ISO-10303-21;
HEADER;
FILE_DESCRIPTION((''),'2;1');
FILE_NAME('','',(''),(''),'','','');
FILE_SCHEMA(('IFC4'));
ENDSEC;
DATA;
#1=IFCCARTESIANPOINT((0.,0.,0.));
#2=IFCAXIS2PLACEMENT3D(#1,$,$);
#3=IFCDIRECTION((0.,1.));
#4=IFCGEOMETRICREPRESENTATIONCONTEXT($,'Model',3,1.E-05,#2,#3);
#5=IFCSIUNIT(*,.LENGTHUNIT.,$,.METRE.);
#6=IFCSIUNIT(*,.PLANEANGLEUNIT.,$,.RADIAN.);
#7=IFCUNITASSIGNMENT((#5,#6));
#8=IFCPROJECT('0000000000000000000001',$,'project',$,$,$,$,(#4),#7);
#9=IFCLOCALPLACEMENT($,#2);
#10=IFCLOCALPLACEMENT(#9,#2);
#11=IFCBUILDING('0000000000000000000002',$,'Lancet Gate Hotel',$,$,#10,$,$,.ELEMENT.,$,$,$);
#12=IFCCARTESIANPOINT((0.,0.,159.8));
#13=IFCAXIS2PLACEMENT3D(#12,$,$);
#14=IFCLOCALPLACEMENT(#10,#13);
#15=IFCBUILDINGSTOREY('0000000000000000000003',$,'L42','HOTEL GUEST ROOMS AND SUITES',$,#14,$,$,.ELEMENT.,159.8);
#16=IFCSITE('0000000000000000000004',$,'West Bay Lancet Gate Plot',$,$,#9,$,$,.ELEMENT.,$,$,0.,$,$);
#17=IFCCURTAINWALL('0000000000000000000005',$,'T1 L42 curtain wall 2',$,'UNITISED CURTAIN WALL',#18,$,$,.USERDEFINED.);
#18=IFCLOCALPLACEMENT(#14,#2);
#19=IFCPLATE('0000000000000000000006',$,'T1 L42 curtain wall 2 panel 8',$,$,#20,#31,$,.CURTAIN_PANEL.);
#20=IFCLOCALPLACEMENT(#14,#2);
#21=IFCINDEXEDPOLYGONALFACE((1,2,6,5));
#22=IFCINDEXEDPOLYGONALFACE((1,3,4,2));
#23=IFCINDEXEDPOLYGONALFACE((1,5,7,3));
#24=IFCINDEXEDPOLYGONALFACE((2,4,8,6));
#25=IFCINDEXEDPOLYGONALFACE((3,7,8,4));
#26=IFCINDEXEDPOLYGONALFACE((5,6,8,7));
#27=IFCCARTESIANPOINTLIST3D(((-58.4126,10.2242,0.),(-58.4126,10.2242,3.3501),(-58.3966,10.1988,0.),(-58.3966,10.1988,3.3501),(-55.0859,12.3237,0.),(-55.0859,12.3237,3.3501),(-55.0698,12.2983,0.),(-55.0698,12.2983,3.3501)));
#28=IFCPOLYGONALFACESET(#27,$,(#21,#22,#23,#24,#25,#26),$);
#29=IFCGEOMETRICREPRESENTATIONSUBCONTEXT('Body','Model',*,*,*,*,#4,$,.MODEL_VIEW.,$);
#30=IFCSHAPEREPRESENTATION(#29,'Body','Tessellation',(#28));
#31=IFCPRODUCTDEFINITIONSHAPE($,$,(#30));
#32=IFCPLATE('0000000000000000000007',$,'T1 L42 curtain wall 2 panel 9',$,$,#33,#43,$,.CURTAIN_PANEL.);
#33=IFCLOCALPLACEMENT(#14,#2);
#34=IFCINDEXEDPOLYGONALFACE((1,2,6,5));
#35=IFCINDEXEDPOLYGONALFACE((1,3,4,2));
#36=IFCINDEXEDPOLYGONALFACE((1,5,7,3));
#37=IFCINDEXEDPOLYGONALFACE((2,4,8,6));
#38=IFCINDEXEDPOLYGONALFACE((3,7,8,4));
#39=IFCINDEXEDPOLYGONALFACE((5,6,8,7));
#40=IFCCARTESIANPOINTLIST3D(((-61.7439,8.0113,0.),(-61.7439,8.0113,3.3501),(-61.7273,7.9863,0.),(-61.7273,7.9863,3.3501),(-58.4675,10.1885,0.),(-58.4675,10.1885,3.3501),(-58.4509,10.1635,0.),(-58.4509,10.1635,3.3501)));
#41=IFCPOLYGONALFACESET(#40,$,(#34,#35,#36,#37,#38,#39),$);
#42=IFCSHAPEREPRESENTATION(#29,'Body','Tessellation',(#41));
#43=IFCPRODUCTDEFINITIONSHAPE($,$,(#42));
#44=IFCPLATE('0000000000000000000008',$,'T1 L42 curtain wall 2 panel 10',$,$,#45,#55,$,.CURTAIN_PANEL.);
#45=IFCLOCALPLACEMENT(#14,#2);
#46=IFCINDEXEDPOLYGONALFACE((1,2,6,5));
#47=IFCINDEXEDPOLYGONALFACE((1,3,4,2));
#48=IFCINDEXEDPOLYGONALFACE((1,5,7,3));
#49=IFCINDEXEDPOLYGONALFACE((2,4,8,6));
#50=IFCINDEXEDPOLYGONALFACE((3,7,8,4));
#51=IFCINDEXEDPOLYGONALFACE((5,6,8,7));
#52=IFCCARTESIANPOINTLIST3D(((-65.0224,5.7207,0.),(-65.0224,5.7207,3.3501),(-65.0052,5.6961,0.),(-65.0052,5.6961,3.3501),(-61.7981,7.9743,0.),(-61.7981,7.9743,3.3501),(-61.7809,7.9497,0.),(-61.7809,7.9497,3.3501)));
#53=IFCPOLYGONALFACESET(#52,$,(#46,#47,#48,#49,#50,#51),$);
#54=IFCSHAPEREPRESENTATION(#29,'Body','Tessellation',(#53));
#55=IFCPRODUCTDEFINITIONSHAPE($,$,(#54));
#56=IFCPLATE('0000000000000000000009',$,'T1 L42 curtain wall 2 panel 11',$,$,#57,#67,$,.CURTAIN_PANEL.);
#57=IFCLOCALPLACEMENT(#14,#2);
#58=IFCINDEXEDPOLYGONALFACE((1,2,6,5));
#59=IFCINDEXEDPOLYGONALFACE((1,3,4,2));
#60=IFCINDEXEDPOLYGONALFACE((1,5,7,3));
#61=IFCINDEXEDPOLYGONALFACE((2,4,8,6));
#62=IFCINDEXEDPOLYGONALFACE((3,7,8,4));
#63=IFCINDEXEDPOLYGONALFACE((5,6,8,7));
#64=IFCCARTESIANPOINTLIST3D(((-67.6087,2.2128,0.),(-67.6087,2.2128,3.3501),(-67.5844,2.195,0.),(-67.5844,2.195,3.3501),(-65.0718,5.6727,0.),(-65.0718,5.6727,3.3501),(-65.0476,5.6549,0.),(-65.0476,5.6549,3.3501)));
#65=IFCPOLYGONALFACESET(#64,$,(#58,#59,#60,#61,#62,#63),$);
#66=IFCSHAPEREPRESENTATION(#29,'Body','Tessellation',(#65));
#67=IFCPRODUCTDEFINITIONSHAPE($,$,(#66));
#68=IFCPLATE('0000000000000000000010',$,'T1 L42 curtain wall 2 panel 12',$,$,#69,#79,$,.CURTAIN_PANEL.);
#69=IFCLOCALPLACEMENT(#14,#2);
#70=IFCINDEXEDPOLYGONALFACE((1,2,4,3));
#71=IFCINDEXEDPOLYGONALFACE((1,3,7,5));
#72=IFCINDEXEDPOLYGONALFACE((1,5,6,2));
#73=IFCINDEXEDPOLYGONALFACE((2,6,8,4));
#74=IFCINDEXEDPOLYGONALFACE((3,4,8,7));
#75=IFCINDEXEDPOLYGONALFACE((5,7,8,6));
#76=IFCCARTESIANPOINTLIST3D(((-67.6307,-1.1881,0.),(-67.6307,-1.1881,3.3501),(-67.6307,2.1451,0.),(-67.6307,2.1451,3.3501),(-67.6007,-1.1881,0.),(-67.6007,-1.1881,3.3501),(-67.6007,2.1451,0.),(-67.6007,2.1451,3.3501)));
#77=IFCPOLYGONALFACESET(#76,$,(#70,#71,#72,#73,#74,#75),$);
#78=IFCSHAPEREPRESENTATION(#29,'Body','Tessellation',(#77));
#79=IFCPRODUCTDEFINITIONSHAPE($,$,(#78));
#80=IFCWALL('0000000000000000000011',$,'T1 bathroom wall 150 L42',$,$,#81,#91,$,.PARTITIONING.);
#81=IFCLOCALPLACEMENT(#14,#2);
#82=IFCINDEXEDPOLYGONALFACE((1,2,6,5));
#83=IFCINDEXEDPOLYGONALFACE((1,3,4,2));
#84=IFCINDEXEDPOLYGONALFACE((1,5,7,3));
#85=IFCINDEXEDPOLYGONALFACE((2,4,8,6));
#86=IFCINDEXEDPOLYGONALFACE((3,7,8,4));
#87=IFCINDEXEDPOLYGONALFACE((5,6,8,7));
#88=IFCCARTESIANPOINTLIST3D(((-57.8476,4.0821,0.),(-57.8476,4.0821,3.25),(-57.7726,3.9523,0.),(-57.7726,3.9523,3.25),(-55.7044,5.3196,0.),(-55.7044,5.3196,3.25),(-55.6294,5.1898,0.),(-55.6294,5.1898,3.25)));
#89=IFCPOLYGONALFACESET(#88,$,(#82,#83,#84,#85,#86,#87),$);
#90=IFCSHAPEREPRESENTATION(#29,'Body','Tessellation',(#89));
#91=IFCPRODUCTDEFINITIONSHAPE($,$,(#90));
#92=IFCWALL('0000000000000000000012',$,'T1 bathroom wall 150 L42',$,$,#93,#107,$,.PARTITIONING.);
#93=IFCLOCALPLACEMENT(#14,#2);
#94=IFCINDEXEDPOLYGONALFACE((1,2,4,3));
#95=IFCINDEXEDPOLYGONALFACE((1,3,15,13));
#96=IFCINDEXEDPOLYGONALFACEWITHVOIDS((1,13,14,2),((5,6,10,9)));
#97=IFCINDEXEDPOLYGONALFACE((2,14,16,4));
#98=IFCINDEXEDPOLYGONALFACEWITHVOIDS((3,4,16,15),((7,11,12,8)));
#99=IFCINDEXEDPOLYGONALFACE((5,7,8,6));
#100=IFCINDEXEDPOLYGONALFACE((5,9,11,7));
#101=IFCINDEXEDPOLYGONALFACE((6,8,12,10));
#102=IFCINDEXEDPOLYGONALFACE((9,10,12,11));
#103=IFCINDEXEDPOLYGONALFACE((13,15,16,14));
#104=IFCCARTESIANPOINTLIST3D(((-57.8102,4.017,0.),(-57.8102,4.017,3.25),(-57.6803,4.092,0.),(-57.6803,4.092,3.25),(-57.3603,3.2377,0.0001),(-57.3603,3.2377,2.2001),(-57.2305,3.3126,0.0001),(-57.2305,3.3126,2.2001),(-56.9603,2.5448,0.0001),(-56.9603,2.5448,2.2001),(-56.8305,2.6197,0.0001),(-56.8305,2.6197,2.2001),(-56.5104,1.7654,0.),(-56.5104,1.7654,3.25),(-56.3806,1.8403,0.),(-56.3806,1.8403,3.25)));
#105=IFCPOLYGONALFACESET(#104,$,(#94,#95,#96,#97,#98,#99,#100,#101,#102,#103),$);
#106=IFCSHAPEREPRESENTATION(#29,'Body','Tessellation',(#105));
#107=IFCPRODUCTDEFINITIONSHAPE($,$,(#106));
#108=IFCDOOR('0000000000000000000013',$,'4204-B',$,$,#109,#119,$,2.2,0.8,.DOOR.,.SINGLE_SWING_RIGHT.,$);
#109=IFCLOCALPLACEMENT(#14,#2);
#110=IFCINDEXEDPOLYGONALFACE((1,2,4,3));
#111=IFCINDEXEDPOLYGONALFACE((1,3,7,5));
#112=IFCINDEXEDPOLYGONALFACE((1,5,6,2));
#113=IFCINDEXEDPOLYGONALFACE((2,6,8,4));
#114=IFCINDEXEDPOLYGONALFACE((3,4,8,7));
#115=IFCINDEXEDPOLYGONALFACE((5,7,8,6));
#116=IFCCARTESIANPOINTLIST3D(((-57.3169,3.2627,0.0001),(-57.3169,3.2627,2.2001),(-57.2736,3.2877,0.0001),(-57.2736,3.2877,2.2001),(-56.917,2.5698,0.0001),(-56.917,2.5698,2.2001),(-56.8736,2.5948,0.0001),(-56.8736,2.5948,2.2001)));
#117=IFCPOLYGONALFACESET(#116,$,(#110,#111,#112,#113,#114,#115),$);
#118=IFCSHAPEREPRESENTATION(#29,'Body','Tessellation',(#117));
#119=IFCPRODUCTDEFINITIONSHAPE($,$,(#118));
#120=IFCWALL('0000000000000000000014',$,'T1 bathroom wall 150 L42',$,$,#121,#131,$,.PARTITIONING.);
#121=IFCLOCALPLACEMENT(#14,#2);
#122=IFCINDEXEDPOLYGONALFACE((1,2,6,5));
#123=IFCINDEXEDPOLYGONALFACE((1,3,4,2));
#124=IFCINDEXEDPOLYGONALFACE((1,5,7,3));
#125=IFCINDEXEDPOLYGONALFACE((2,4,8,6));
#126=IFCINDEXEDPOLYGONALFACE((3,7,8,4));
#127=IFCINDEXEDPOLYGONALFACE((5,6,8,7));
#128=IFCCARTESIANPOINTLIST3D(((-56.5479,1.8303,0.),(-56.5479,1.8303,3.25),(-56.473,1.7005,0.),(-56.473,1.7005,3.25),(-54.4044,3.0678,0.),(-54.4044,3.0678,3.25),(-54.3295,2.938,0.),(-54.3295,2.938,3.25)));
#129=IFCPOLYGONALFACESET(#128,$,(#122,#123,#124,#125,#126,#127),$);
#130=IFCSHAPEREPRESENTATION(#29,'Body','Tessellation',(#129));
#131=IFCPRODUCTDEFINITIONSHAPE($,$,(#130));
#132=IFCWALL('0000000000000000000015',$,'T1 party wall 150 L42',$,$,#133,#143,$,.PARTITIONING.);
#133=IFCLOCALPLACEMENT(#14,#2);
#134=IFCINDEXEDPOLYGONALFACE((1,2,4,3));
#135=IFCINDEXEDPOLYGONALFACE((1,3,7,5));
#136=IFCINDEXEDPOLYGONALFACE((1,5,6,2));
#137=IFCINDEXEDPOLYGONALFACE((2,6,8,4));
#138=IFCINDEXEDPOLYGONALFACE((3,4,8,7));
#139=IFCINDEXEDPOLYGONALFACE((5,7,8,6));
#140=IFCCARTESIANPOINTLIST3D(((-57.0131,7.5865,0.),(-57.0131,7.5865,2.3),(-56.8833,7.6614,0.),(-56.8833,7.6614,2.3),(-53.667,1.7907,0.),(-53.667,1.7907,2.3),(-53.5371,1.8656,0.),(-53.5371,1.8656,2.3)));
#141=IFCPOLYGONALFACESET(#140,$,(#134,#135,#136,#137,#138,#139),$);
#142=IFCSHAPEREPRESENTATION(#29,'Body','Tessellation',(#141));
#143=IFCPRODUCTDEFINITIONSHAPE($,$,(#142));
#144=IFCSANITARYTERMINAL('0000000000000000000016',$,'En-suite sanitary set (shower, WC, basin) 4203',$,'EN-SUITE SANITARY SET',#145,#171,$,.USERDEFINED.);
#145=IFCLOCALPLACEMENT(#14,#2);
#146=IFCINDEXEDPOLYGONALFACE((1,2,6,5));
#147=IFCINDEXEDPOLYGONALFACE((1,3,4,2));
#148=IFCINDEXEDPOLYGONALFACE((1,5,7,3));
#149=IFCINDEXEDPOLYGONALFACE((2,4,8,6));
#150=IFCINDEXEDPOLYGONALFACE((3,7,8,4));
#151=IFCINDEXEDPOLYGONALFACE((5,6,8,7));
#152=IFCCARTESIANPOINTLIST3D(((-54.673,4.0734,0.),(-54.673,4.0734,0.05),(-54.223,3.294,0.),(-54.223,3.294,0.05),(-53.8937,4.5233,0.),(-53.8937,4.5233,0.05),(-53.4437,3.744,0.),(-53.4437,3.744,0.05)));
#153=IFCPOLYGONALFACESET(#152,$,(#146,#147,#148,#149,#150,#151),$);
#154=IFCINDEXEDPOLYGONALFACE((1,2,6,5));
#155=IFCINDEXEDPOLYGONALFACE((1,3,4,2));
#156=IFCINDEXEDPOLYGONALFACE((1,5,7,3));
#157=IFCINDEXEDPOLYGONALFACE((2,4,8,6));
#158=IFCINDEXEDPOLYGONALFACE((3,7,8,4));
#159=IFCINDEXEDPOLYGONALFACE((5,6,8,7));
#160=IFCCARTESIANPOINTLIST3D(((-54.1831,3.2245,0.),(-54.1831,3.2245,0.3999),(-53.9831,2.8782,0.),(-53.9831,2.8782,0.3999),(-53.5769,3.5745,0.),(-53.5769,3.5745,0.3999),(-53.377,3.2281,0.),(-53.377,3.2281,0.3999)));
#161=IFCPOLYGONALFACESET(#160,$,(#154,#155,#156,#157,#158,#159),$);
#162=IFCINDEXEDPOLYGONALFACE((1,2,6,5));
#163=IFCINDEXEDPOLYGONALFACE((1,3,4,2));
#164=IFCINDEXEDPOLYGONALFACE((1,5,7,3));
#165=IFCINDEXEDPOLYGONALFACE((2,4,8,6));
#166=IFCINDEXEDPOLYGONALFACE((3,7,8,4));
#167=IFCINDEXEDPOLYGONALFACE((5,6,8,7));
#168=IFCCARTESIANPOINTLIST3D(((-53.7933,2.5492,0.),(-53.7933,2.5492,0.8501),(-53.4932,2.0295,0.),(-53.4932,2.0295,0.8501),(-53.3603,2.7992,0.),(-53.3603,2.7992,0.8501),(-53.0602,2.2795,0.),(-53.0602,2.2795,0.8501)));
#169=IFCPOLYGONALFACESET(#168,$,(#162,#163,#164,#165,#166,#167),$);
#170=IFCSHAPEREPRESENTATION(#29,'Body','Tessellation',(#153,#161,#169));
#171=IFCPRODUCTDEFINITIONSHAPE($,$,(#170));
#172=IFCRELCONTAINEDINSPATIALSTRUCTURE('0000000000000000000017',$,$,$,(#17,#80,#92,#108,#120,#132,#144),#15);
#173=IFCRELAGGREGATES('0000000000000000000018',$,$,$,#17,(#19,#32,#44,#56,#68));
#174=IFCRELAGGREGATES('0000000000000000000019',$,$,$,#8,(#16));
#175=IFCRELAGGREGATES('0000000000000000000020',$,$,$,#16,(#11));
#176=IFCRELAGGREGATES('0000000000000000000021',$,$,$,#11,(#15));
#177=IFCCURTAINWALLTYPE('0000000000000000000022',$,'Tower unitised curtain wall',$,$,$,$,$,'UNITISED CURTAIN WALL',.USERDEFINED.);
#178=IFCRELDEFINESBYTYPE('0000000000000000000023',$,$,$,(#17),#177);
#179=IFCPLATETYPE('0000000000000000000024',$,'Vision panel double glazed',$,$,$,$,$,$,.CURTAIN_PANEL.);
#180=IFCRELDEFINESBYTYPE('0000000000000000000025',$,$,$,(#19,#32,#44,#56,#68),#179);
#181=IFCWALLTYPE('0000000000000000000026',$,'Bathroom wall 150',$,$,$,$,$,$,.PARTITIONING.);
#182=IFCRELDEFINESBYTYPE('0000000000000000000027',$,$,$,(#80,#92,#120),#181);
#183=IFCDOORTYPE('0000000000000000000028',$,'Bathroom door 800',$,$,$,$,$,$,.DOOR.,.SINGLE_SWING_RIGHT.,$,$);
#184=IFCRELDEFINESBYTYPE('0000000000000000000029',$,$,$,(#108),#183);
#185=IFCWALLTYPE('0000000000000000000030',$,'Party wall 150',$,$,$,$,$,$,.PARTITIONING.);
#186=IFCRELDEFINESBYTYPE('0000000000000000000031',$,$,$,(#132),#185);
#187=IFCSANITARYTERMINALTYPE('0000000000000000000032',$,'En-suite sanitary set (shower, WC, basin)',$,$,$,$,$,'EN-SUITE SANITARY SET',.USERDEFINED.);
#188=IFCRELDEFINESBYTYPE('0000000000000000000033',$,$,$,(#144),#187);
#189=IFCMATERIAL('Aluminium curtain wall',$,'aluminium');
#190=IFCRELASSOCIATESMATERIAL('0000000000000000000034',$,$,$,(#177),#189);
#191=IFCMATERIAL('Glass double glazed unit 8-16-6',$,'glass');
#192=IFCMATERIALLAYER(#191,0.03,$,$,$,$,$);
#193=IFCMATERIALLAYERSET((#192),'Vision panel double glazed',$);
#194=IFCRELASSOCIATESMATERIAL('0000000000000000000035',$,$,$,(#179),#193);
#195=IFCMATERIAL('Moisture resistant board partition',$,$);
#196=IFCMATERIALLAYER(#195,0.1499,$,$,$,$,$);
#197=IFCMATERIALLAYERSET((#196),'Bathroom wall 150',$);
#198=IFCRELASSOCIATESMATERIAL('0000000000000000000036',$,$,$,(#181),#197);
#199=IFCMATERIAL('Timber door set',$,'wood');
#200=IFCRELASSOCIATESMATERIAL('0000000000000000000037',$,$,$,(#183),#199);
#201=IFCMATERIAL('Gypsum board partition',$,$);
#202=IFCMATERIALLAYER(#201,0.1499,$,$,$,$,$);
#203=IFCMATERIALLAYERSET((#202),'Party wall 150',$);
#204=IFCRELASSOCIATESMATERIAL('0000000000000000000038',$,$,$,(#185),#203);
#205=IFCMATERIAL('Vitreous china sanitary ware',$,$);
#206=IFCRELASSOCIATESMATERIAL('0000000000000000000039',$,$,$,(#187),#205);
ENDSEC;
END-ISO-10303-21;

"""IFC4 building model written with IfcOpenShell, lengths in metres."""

from ifc_helpers import new_model, si_unit, direction, frame, frame_2d, origin, origin_2d, place, context, subcontext, project, spatial, rectangle, extrude, material, layer, layer_set, type_object, element, fill, aggregate, save


model = new_model("IFC4")

# Units and contexts
model_context = context("Model", 3, precision=1e-05, world=origin(), true_north=direction((0.0, 1.0)))
body_context = subcontext(model_context, "Body", "Model", "MODEL_VIEW")
ifc_project = project(units=[si_unit("LENGTHUNIT", "METRE"), si_unit("PLANEANGLEUNIT", "RADIAN")], contexts=[model_context])

# Site, building, storey
site_placement = place(None, origin())
site = spatial("IfcSite", under=ifc_project, at=site_placement, Name="West Bay Lancet Gate Plot", CompositionType="ELEMENT", RefElevation=0.0)
building_placement = place(site_placement, origin())
building = spatial("IfcBuilding", under=site, at=building_placement, Name="Lancet Gate Hotel", CompositionType="ELEMENT")
storey_placement = place(building_placement, frame((0.0, 0.0, 159.8)))
storey = spatial("IfcBuildingStorey", under=building, at=storey_placement, Name="L42", Description="HOTEL GUEST ROOMS AND SUITES", CompositionType="ELEMENT", Elevation=159.8)

# Curtain wall
ifc_material_1 = material(Name="Aluminium curtain wall", Category="aluminium")
curtain_wall_type = type_object("IfcCurtainWallType", Name="Tower unitised curtain wall", ElementType="UNITISED CURTAIN WALL", PredefinedType="USERDEFINED", material=ifc_material_1)
curtain_wall_placement = place(storey_placement, origin())
curtain_wall = element("IfcCurtainWall", 1, at=curtain_wall_placement, inside=storey, type_object=curtain_wall_type, Name="T1 L42 curtain wall 2", ObjectType="UNITISED CURTAIN WALL", PredefinedType="USERDEFINED")

# Plates
ifc_material_2 = material(Name="Glass double glazed unit 8-16-6", Category="glass")
ifc_layer_1 = layer(ifc_material_2, 0.03)
ifc_layer_set_1 = layer_set([ifc_layer_1], Name="Vision panel double glazed")
plate_type = type_object("IfcPlateType", Name="Vision panel double glazed", PredefinedType="CURTAIN_PANEL", material=ifc_layer_set_1)
plate_1_placement = place(storey_placement, frame((-56.7412, 11.2612, 0.0), z_axis=(0.0, 0.0, 1.0), x_axis=(-0.845667, -0.533711, 0.0)))
plate_1 = element("IfcPlate", 2, at=plate_1_placement, type_object=plate_type, Name="T1 L42 curtain wall 2 panel 8", PredefinedType="CURTAIN_PANEL", context=body_context, shape_type="SweptSolid", body=[
    extrude(rectangle(XDim=3.9338, YDim=0.03, at=origin_2d()), origin(), (0.0, 0.0, 1.0), 3.3501),
])
plate_2_placement = place(storey_placement, frame((-60.0974, 9.0874, 0.0), z_axis=(0.0, 0.0, 1.0), x_axis=(-0.832879, -0.553455, 0.0)))
plate_2 = element("IfcPlate", 3, at=plate_2_placement, type_object=plate_type, Name="T1 L42 curtain wall 2 panel 9", PredefinedType="CURTAIN_PANEL", context=body_context, shape_type="SweptSolid", body=[
    extrude(rectangle(XDim=3.9338, YDim=0.03, at=origin_2d()), origin(), (0.0, 0.0, 1.0), 3.3501),
])
plate_3_placement = place(storey_placement, frame((-63.4016, 6.8352, 0.0), z_axis=(0.0, 0.0, 1.0), x_axis=(-0.819631, -0.572892, 0.0)))
plate_3 = element("IfcPlate", 4, at=plate_3_placement, type_object=plate_type, Name="T1 L42 curtain wall 2 panel 10", PredefinedType="CURTAIN_PANEL", context=body_context, shape_type="SweptSolid", body=[
    extrude(rectangle(XDim=3.9338, YDim=0.03, at=origin_2d()), origin(), (0.0, 0.0, 1.0), 3.3501),
])
plate_4_placement = place(storey_placement, frame((-66.3281, 3.9338, 0.0), z_axis=(0.0, 0.0, 1.0), x_axis=(-0.5913, -0.806452, 0.0)))
plate_4 = element("IfcPlate", 5, at=plate_4_placement, type_object=plate_type, Name="T1 L42 curtain wall 2 panel 11", PredefinedType="CURTAIN_PANEL", context=body_context, shape_type="SweptSolid", body=[
    extrude(rectangle(XDim=4.2903, YDim=0.03, at=origin_2d()), origin(), (0.0, 0.0, 1.0), 3.3501),
])
plate_5_placement = place(storey_placement, frame((-67.6157, 0.4785, 0.0), z_axis=(0.0, 0.0, 1.0), x_axis=(0.0, -1.0, 0.0)))
plate_5 = element("IfcPlate", 6, at=plate_5_placement, type_object=plate_type, Name="T1 L42 curtain wall 2 panel 12", PredefinedType="CURTAIN_PANEL", context=body_context, shape_type="SweptSolid", body=[
    extrude(rectangle(XDim=3.3333, YDim=0.03, at=origin_2d()), origin(), (0.0, 0.0, 1.0), 3.3501),
])
aggregate(curtain_wall, [plate_1, plate_2, plate_3, plate_4, plate_5])

# Wall
ifc_material_3 = material(Name="Moisture resistant board partition")
ifc_layer_2 = layer(ifc_material_3, 0.1499)
ifc_layer_set_2 = layer_set([ifc_layer_2], Name="Bathroom wall 150")
wall_type_1 = type_object("IfcWallType", Name="Bathroom wall 150", PredefinedType="PARTITIONING", material=ifc_layer_set_2)
wall_1_placement = place(storey_placement, frame((-55.667, 5.2546, 0.0), z_axis=(0.0, 0.0, 1.0), x_axis=(-0.866007, -0.500033, 0.0)))
element("IfcWall", 7, at=wall_1_placement, inside=storey, type_object=wall_type_1, Name="T1 bathroom wall 150 L42", PredefinedType="PARTITIONING", context=body_context, shape_type="SweptSolid", body=[
    extrude(rectangle(XDim=2.4749, YDim=0.1499, at=frame_2d((1.2373, 0.0))), origin(), (0.0, 0.0, 1.0), 3.25),
])

# Wall, opening, door
wall_2_placement = place(storey_placement, frame((-56.4456, 1.803, 0.0), z_axis=(0.0, 0.0, 1.0), x_axis=(-0.499937, 0.866062, 0.0)))
wall_2 = element("IfcWall", 8, at=wall_2_placement, inside=storey, type_object=wall_type_1, Name="T1 bathroom wall 150 L42", PredefinedType="PARTITIONING", context=body_context, shape_type="SweptSolid", body=[
    extrude(rectangle(XDim=2.5999, YDim=0.1499, at=frame_2d((1.2998, 0.0))), origin(), (0.0, 0.0, 1.0), 3.25),
])
opening_placement = place(wall_2_placement, frame((0.8999, 0.0, 0.0)))
opening = element("IfcOpeningElement", 9, at=opening_placement, cuts=wall_2, PredefinedType="OPENING", context=body_context, shape_type="SweptSolid", body=[
    extrude(rectangle(XDim=0.8, YDim=2.2, at=frame_2d((0.3999, 1.1001))), frame((0.0, 0.085, 0.0), z_axis=(0.0, -1.0, 0.0), x_axis=(1.0, 0.0, 0.0)), (0.0, 0.0, 1.0), 0.1699),
])
ifc_material_4 = material(Name="Timber door set", Category="wood")
door_type = type_object("IfcDoorType", Name="Bathroom door 800", OperationType="SINGLE_SWING_RIGHT", PredefinedType="DOOR", material=ifc_material_4)
door_placement = place(opening_placement, origin())
door = element("IfcDoor", 10, at=door_placement, inside=storey, type_object=door_type, Name="4204-B", OperationType="SINGLE_SWING_RIGHT", OverallHeight=2.2, OverallWidth=0.8, PredefinedType="DOOR", context=body_context, shape_type="SweptSolid", body=[
    extrude(rectangle(XDim=0.8, YDim=2.2, at=frame_2d((0.3999, 1.1001))), frame((0.0, 0.0249, 0.0), z_axis=(0.0, -1.0, 0.0), x_axis=(1.0, 0.0, 0.0)), (0.0, 0.0, 1.0), 0.05),
])
fill(opening, door)

# Walls
wall_3_placement = place(storey_placement, frame((-54.3669, 3.0029, 0.0), z_axis=(0.0, 0.0, 1.0), x_axis=(-0.866031, -0.49999, 0.0)))
element("IfcWall", 11, at=wall_3_placement, inside=storey, type_object=wall_type_1, Name="T1 bathroom wall 150 L42", PredefinedType="PARTITIONING", context=body_context, shape_type="SweptSolid", body=[
    extrude(rectangle(XDim=2.4751, YDim=0.1499, at=frame_2d((1.2375, 0.0))), origin(), (0.0, 0.0, 1.0), 3.25),
])
ifc_material_5 = material(Name="Gypsum board partition")
ifc_layer_3 = layer(ifc_material_5, 0.1499)
ifc_layer_set_3 = layer_set([ifc_layer_3], Name="Party wall 150")
wall_type_2 = type_object("IfcWallType", Name="Party wall 150", PredefinedType="PARTITIONING", material=ifc_layer_set_3)
wall_4_placement = place(storey_placement, frame((-53.6021, 1.8281, 0.0), z_axis=(0.0, 0.0, 1.0), x_axis=(-0.499992, 0.86603, 0.0)))
element("IfcWall", 12, at=wall_4_placement, inside=storey, type_object=wall_type_2, Name="T1 party wall 150 L42", PredefinedType="PARTITIONING", context=body_context, shape_type="SweptSolid", body=[
    extrude(rectangle(XDim=6.6924, YDim=0.1499, at=frame_2d((3.3462, 0.0))), origin(), (0.0, 0.0, 1.0), 2.3),
])

# Sanitary terminal
ifc_material_6 = material(Name="Vitreous china sanitary ware")
sanitary_terminal_type = type_object("IfcSanitaryTerminalType", Name="En-suite sanitary set (shower, WC, basin)", ElementType="EN-SUITE SANITARY SET", PredefinedType="USERDEFINED", material=ifc_material_6)
sanitary_terminal_1_placement = place(storey_placement, frame((-54.0583, 3.9087, 0.0), z_axis=(0.0, 0.0, 1.0), x_axis=(1.0, 0.0, 0.0)))
element("IfcSanitaryTerminal", 13, at=sanitary_terminal_1_placement, inside=storey, type_object=sanitary_terminal_type, Name="En-suite sanitary set (shower, WC, basin) 4203", ObjectType="EN-SUITE SANITARY SET", PredefinedType="USERDEFINED", context=body_context, shape_type="SweptSolid", body=[
    extrude(rectangle(XDim=0.8999, YDim=0.8999, at=origin_2d()), frame((0.0, 0.0, 0.0), z_axis=(0.0, 0.0, 1.0), x_axis=(-0.5, 0.866025, 0.0)), (0.0, 0.0, 1.0), 0.05),
    extrude(rectangle(XDim=0.3999, YDim=0.7, at=origin_2d()), frame((0.2783, -0.6824, 0.0), z_axis=(0.0, 0.0, 1.0), x_axis=(-0.5, 0.866025, 0.0)), (0.0, 0.0, 1.0), 0.3999),
    extrude(rectangle(XDim=0.6001, YDim=0.5, at=origin_2d()), frame((0.6316, -1.4944, 0.0), z_axis=(0.0, 0.0, 1.0), x_axis=(-0.5, 0.866025, 0.0)), (0.0, 0.0, 1.0), 0.8501),
])

save(model, "model.ifc")
